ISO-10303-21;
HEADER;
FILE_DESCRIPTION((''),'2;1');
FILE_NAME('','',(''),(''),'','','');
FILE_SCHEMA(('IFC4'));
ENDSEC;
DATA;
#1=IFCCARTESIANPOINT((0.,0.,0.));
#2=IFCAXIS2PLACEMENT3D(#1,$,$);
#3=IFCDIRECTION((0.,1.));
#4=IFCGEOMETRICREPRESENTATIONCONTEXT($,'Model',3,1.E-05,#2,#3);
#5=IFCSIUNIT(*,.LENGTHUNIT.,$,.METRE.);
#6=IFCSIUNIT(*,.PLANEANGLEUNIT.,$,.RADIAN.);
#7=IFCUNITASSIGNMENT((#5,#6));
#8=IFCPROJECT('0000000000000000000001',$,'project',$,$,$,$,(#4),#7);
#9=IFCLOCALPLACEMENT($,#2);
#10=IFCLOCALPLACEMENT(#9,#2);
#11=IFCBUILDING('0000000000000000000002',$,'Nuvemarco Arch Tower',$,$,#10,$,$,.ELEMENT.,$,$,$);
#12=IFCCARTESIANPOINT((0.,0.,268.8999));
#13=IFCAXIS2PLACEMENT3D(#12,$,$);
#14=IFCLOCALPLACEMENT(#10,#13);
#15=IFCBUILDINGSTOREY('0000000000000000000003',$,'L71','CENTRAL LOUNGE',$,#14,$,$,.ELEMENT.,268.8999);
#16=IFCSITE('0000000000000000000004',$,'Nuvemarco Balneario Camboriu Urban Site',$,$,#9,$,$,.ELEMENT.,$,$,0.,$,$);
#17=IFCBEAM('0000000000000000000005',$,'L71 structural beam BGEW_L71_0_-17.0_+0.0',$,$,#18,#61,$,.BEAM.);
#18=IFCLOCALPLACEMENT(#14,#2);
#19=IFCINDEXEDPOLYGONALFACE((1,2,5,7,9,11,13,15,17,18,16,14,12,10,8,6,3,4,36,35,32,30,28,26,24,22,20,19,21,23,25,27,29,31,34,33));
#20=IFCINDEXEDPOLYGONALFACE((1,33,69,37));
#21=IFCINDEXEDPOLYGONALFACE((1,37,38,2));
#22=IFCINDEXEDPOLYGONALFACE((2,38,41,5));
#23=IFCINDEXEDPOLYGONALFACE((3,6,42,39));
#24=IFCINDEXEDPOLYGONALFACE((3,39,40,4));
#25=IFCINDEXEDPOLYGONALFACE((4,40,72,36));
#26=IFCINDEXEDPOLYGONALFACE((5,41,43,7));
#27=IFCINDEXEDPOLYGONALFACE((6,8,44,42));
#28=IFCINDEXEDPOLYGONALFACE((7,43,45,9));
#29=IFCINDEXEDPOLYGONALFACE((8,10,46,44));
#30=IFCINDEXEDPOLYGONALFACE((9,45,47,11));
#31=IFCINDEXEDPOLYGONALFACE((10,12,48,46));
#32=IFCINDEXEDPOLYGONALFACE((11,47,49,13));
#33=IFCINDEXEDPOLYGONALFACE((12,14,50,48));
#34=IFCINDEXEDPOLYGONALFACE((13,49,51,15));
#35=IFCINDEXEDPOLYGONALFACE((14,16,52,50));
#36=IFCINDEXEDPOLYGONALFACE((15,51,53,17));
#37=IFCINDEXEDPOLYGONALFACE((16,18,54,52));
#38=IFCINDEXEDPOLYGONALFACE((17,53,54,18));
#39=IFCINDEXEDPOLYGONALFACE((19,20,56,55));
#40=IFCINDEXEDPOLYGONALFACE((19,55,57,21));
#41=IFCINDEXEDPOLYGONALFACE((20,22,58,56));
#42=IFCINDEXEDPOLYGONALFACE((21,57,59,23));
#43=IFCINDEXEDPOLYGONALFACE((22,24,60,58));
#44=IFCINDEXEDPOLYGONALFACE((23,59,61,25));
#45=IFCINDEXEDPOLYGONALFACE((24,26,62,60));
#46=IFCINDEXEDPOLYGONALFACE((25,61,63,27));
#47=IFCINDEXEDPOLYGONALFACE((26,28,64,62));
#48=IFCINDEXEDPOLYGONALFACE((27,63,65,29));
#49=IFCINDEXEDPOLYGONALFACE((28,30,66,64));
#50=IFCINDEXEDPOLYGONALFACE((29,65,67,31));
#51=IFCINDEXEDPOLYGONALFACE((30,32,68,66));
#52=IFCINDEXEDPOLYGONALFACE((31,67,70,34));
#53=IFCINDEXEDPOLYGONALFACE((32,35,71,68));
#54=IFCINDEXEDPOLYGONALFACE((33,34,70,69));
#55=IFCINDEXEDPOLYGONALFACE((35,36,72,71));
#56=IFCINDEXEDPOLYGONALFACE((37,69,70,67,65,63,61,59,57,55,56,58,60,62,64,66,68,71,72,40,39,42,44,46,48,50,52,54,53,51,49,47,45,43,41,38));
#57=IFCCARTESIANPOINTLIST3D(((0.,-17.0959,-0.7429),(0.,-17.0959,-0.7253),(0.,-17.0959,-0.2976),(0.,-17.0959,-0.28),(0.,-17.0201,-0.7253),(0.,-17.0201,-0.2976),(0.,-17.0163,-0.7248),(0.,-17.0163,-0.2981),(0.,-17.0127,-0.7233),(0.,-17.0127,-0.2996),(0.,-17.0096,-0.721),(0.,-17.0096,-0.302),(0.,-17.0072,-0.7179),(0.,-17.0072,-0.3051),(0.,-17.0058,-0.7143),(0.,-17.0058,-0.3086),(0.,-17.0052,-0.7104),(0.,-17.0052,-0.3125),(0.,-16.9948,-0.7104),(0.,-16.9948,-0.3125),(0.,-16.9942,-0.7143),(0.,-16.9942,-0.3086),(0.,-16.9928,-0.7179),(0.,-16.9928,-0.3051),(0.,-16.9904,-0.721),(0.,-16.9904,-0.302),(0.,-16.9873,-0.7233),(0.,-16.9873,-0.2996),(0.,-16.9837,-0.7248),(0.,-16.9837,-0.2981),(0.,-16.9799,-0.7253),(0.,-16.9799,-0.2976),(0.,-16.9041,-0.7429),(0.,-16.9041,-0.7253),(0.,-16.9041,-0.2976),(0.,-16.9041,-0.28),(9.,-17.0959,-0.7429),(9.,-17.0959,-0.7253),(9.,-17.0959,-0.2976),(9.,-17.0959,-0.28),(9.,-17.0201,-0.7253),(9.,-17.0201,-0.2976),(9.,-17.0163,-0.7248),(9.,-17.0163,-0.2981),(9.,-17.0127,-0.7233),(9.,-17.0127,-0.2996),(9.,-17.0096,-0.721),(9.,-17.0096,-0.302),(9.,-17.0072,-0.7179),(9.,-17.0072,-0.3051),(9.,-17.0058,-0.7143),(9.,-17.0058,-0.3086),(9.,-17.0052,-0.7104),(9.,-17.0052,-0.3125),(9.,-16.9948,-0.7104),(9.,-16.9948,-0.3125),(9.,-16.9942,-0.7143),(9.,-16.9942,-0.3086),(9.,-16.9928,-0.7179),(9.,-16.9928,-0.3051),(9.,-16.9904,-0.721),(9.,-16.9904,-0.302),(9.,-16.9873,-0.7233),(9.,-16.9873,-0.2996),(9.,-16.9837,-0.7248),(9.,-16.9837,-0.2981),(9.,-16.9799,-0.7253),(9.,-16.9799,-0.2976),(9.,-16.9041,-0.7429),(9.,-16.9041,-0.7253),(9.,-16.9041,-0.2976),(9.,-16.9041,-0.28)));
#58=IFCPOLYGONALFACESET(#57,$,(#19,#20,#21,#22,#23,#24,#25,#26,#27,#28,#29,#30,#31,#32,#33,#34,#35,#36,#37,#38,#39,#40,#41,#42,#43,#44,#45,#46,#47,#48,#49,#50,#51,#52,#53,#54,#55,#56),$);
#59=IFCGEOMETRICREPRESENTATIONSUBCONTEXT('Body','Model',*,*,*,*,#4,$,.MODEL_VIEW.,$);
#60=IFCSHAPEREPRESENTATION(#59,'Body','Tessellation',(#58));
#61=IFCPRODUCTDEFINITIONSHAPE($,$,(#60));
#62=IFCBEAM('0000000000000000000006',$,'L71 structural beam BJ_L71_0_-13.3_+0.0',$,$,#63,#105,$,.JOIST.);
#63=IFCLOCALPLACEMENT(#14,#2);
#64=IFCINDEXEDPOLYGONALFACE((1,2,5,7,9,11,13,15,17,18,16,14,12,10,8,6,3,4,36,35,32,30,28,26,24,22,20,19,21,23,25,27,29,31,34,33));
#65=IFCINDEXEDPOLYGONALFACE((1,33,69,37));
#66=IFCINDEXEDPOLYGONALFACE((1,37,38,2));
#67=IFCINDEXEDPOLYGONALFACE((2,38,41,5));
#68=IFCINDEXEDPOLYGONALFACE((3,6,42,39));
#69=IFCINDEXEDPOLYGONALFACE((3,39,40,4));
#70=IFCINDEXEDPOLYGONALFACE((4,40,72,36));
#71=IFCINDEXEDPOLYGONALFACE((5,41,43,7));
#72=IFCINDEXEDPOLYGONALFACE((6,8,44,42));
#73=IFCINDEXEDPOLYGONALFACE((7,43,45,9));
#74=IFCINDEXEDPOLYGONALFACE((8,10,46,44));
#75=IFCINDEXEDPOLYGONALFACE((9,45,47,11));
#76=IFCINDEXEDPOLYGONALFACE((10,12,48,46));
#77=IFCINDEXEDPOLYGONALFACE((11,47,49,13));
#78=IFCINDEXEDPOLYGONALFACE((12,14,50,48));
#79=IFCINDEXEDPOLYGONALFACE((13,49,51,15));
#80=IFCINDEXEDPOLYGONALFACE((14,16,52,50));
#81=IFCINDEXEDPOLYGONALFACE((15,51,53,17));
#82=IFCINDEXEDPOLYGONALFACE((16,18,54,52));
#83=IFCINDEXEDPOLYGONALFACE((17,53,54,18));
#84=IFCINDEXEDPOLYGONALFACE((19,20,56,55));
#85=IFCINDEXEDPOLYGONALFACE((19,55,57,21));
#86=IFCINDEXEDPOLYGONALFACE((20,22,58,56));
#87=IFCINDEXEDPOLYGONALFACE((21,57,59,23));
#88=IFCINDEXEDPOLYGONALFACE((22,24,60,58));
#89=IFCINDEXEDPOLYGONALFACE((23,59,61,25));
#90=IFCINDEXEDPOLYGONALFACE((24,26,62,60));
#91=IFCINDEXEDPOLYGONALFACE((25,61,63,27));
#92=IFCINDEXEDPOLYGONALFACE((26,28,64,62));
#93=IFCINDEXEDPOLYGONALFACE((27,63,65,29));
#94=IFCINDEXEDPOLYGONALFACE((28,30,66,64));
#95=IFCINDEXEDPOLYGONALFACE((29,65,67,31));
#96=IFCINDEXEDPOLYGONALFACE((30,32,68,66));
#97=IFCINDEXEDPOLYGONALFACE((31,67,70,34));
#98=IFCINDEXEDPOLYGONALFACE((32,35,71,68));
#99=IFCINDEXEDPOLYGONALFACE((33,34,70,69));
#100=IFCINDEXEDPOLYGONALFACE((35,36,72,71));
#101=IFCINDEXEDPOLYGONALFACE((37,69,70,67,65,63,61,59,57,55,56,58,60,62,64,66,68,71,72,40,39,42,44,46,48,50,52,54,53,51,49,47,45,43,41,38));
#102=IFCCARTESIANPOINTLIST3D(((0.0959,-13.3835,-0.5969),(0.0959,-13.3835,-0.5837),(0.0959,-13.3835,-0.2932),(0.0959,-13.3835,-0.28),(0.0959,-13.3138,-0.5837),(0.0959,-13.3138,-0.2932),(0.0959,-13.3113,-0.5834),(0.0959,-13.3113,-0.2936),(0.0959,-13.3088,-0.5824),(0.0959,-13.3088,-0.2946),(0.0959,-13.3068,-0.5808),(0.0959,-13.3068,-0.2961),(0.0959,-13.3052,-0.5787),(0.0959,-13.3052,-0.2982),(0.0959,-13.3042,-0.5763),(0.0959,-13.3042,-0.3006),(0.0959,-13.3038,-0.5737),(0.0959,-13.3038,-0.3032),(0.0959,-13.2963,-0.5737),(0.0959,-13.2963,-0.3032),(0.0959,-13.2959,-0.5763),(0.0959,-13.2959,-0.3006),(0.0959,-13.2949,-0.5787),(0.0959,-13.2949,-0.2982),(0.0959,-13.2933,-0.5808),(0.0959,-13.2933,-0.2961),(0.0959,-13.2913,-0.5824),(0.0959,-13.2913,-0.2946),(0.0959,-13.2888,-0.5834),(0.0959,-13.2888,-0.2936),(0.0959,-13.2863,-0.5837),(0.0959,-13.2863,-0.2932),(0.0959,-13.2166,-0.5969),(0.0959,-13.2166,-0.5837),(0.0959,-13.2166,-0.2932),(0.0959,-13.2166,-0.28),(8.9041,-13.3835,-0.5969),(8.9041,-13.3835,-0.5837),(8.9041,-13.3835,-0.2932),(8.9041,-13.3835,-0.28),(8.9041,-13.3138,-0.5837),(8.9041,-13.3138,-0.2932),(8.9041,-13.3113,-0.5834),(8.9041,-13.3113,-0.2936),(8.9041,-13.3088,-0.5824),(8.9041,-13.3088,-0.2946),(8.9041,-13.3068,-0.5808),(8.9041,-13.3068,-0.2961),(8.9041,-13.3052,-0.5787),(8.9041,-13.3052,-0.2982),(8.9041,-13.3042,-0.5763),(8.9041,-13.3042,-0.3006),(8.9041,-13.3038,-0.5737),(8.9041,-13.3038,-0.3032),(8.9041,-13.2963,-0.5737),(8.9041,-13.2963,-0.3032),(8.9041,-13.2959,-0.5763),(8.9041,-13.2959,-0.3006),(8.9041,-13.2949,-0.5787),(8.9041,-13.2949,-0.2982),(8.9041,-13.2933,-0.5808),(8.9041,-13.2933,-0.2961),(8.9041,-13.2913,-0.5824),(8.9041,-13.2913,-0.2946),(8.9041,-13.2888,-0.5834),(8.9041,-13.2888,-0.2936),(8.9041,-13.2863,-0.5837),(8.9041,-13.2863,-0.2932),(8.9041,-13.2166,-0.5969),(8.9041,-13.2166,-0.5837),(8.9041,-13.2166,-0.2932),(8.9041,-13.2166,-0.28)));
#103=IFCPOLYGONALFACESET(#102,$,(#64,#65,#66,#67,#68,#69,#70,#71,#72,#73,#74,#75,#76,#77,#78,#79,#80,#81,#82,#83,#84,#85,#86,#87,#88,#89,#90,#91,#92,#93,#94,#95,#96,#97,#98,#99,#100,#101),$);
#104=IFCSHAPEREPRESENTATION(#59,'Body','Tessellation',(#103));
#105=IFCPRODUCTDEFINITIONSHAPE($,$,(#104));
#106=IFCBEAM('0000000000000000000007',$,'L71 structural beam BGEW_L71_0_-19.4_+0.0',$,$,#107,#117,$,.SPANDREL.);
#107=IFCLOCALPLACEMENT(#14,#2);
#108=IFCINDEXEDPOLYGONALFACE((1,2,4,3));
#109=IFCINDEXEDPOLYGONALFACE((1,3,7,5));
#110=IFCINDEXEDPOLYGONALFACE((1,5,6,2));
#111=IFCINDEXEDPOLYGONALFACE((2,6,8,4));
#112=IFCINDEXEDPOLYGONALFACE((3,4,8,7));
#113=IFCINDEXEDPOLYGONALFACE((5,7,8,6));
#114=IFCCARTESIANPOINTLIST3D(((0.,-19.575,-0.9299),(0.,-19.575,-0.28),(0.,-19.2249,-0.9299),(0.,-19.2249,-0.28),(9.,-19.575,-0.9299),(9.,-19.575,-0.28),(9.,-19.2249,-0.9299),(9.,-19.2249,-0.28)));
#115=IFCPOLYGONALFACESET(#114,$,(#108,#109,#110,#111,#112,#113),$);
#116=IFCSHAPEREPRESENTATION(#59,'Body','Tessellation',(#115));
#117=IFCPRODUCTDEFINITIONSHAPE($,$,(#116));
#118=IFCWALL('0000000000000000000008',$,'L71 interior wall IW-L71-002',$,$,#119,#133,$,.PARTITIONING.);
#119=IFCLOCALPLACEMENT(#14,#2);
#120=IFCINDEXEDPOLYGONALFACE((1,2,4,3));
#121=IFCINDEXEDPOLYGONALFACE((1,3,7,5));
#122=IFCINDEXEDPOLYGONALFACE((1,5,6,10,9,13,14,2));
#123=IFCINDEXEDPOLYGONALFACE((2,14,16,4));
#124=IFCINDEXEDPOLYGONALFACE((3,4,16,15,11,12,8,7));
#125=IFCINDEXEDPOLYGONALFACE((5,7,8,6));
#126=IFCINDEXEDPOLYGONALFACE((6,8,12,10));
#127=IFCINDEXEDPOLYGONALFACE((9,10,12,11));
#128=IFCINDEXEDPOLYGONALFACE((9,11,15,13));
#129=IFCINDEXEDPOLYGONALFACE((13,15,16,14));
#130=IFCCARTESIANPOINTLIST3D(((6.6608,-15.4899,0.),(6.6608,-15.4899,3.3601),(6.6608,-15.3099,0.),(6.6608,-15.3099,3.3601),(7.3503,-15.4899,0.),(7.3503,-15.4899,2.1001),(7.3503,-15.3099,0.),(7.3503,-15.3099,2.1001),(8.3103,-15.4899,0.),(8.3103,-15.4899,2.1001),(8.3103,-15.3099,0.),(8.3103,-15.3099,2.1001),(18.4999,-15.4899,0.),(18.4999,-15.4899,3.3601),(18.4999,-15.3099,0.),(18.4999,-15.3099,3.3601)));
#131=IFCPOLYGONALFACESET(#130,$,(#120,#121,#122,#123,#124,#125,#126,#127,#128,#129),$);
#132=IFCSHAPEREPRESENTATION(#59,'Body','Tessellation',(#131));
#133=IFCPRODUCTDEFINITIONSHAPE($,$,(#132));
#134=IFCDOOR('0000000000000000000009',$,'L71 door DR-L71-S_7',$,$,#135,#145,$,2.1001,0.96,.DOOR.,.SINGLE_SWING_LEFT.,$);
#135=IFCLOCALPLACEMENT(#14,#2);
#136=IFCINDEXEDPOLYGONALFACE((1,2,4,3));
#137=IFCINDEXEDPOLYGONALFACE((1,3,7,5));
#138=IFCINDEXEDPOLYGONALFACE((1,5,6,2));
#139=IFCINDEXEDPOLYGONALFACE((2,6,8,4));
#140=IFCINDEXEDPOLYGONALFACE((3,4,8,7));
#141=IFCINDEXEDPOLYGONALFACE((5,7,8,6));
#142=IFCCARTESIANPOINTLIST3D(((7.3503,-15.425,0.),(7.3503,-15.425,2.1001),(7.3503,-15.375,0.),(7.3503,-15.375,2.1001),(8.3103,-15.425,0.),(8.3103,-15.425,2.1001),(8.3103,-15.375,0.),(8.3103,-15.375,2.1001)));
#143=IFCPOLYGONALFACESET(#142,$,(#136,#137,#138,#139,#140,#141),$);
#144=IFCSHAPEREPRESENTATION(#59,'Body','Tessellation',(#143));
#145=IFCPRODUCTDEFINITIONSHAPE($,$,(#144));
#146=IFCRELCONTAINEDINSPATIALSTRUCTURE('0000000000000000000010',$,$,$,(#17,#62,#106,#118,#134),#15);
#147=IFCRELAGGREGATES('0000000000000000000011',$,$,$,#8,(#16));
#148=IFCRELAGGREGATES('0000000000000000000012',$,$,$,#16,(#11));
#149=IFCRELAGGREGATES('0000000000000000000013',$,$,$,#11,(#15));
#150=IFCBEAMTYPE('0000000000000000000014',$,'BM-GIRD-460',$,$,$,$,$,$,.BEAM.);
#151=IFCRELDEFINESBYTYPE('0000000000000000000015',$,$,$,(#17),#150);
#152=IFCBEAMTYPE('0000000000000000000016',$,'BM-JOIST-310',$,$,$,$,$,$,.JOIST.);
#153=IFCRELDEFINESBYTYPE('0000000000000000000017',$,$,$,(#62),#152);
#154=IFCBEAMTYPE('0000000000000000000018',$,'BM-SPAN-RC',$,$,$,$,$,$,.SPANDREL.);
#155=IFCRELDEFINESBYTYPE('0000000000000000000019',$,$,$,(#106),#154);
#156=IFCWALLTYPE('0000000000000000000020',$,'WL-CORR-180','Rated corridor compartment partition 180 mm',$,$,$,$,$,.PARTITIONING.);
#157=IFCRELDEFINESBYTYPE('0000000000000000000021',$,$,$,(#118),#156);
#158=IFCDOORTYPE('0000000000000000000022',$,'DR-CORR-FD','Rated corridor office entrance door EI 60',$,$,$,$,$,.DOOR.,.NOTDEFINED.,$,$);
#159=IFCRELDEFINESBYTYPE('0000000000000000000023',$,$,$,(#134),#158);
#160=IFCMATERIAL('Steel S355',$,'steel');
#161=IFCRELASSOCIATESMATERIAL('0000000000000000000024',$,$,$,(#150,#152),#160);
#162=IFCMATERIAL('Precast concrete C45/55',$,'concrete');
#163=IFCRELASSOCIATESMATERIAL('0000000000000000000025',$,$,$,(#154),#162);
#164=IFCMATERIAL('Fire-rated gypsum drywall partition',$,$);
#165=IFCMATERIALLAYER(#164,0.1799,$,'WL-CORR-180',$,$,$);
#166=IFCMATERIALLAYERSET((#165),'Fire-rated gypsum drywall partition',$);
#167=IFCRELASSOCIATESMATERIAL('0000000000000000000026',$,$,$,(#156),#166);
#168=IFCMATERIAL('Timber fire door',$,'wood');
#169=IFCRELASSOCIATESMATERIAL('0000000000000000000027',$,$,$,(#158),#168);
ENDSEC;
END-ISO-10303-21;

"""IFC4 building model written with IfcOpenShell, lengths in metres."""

from ifc_helpers import new_model, si_unit, direction, frame, frame_2d, origin, origin_2d, place, context, subcontext, project, spatial, rectangle, i_section, extrude, source, transform, mapped, material, layer, layer_set, material_profile, profile_set, type_object, type_shapes, element, fill, save


model = new_model("IFC4")

# Units and contexts
model_context = context("Model", 3, precision=1e-05, world=origin(), true_north=direction((0.0, 1.0)))
body_context = subcontext(model_context, "Body", "Model", "MODEL_VIEW")
ifc_project = project(units=[si_unit("LENGTHUNIT", "METRE"), si_unit("PLANEANGLEUNIT", "RADIAN")], contexts=[model_context])

# Site, building, storey
site_placement = place(None, origin())
site = spatial("IfcSite", under=ifc_project, at=site_placement, Name="Nuvemarco Balneario Camboriu Urban Site", CompositionType="ELEMENT", RefElevation=0.0)
building_placement = place(site_placement, origin())
building = spatial("IfcBuilding", under=site, at=building_placement, Name="Nuvemarco Arch Tower", CompositionType="ELEMENT")
storey_placement = place(building_placement, frame((0.0, 0.0, 268.8999)))
storey = spatial("IfcBuildingStorey", under=building, at=storey_placement, Name="L71", Description="CENTRAL LOUNGE", CompositionType="ELEMENT", Elevation=268.8999)

# Shared definitions
ifc_material_1 = material(Name="Steel S355", Category="steel")

# Beams
ifc_material_profile_1 = material_profile(ifc_material_1, i_section(OverallWidth=0.1919, OverallDepth=0.4629, WebThickness=0.0105, FlangeThickness=0.0176, FilletRadius=0.0149, at=origin_2d()), Name="W460x89")
ifc_profile_set_1 = profile_set([ifc_material_profile_1], Name="Steel S355")
beam_type_1 = type_object("IfcBeamType", Name="BM-GIRD-460", PredefinedType="BEAM", material=ifc_profile_set_1)
beam_1_placement = place(storey_placement, frame((0.0, -17.0, -0.5115), z_axis=(1.0, 0.0, 0.0), x_axis=(0.0, 1.0, 0.0)))
element("IfcBeam", 1, at=beam_1_placement, inside=storey, type_object=beam_type_1, Name="L71 structural beam BGEW_L71_0_-17.0_+0.0", PredefinedType="BEAM", context=body_context, shape_type="SweptSolid", body=[
    extrude(i_section(OverallWidth=0.1919, OverallDepth=0.4629, WebThickness=0.0105, FlangeThickness=0.0176, FilletRadius=0.0149, at=origin_2d()), origin(), (0.0, 0.0, 1.0), 9.0),
])
ifc_material_profile_2 = material_profile(ifc_material_1, i_section(OverallWidth=0.167, OverallDepth=0.3169, WebThickness=0.0076, FlangeThickness=0.0132, FilletRadius=0.01, at=origin_2d()), Name="W310x52")
ifc_profile_set_2 = profile_set([ifc_material_profile_2], Name="Steel S355")
beam_type_2 = type_object("IfcBeamType", Name="BM-JOIST-310", PredefinedType="JOIST", material=ifc_profile_set_2)
beam_2_placement = place(storey_placement, frame((0.0959, -13.3, -0.4385), z_axis=(1.0, 0.0, 0.0), x_axis=(0.0, 1.0, 0.0)))
element("IfcBeam", 2, at=beam_2_placement, inside=storey, type_object=beam_type_2, Name="L71 structural beam BJ_L71_0_-13.3_+0.0", PredefinedType="JOIST", context=body_context, shape_type="SweptSolid", body=[
    extrude(i_section(OverallWidth=0.167, OverallDepth=0.3169, WebThickness=0.0076, FlangeThickness=0.0132, FilletRadius=0.01, at=origin_2d()), origin(), (0.0, 0.0, 1.0), 8.8081),
])
ifc_material_2 = material(Name="Precast concrete C45/55", Category="concrete")
ifc_material_profile_3 = material_profile(ifc_material_2, rectangle(XDim=0.3501, YDim=0.6499, at=origin_2d()), Name="PC-SP-350x650")
ifc_profile_set_3 = profile_set([ifc_material_profile_3], Name="Precast concrete C45/55")
beam_type_3 = type_object("IfcBeamType", Name="BM-SPAN-RC", PredefinedType="SPANDREL", material=ifc_profile_set_3)
beam_3_placement = place(storey_placement, frame((0.0, -19.3999, -0.605), z_axis=(1.0, 0.0, 0.0), x_axis=(0.0, 1.0, 0.0)))
element("IfcBeam", 3, at=beam_3_placement, inside=storey, type_object=beam_type_3, Name="L71 structural beam BGEW_L71_0_-19.4_+0.0", PredefinedType="SPANDREL", context=body_context, shape_type="SweptSolid", body=[
    extrude(rectangle(XDim=0.3501, YDim=0.6499, at=origin_2d()), origin(), (0.0, 0.0, 1.0), 9.0),
])

# Wall, opening, door
ifc_material_3 = material(Name="Fire-rated gypsum drywall partition")
ifc_layer_1 = layer(ifc_material_3, 0.1799, Name="WL-CORR-180")
ifc_layer_set_1 = layer_set([ifc_layer_1], Name="Fire-rated gypsum drywall partition")
wall_type_1 = type_object("IfcWallType", Name="WL-CORR-180", Description="Rated corridor compartment partition 180 mm", PredefinedType="PARTITIONING", material=ifc_layer_set_1)
wall_1_placement = place(storey_placement, frame((6.6609, -15.3999, 0.0), z_axis=(0.0, 0.0, 1.0), x_axis=(1.0, 0.0, 0.0)))
wall_1 = element("IfcWall", 4, at=wall_1_placement, inside=storey, type_object=wall_type_1, Name="L71 interior wall IW-L71-002", PredefinedType="PARTITIONING", context=body_context, shape_type="SweptSolid", body=[
    extrude(rectangle(XDim=11.8391, YDim=0.1799, at=frame_2d((5.9194, 0.0))), origin(), (0.0, 0.0, 1.0), 3.3601),
])
opening_1_placement = place(wall_1_placement, frame((0.6895, 0.0, 0.0)))
opening_1 = element("IfcOpeningElement", 5, at=opening_1_placement, cuts=wall_1, PredefinedType="OPENING", context=body_context, shape_type="SweptSolid", body=[
    extrude(rectangle(XDim=0.96, YDim=2.1001, at=frame_2d((0.48, 1.05))), frame((0.0, 0.0999, 0.0), z_axis=(0.0, -1.0, 0.0), x_axis=(1.0, 0.0, 0.0)), (0.0, 0.0, 1.0), 0.2),
])
ifc_material_4 = material(Name="Timber fire door", Category="wood")
door_type_1 = type_object("IfcDoorType", Name="DR-CORR-FD", Description="Rated corridor office entrance door EI 60", OperationType="NOTDEFINED", PredefinedType="DOOR", material=ifc_material_4)
shared_shape_1 = source(origin(), body_context, "Body", "SweptSolid", [
    extrude(rectangle(XDim=0.96, YDim=2.1001, at=frame_2d((0.48, 1.05))), frame((0.0, 0.0249, 0.0), z_axis=(0.0, -1.0, 0.0), x_axis=(1.0, 0.0, 0.0)), (0.0, 0.0, 1.0), 0.05),
])
type_shapes(door_type_1, [shared_shape_1])
door_1_placement = place(opening_1_placement, origin())
door_1 = element("IfcDoor", 6, at=door_1_placement, inside=storey, type_object=door_type_1, Name="L71 door DR-L71-S_7", OperationType="SINGLE_SWING_LEFT", OverallHeight=2.1001, OverallWidth=0.96, PredefinedType="DOOR", context=body_context, shape_type="MappedRepresentation", body=[
    mapped(shared_shape_1, transform((0.0, 0.0, 0.0), scale=1.0)),
])
fill(opening_1, door_1)

save(model, "model.ifc")
